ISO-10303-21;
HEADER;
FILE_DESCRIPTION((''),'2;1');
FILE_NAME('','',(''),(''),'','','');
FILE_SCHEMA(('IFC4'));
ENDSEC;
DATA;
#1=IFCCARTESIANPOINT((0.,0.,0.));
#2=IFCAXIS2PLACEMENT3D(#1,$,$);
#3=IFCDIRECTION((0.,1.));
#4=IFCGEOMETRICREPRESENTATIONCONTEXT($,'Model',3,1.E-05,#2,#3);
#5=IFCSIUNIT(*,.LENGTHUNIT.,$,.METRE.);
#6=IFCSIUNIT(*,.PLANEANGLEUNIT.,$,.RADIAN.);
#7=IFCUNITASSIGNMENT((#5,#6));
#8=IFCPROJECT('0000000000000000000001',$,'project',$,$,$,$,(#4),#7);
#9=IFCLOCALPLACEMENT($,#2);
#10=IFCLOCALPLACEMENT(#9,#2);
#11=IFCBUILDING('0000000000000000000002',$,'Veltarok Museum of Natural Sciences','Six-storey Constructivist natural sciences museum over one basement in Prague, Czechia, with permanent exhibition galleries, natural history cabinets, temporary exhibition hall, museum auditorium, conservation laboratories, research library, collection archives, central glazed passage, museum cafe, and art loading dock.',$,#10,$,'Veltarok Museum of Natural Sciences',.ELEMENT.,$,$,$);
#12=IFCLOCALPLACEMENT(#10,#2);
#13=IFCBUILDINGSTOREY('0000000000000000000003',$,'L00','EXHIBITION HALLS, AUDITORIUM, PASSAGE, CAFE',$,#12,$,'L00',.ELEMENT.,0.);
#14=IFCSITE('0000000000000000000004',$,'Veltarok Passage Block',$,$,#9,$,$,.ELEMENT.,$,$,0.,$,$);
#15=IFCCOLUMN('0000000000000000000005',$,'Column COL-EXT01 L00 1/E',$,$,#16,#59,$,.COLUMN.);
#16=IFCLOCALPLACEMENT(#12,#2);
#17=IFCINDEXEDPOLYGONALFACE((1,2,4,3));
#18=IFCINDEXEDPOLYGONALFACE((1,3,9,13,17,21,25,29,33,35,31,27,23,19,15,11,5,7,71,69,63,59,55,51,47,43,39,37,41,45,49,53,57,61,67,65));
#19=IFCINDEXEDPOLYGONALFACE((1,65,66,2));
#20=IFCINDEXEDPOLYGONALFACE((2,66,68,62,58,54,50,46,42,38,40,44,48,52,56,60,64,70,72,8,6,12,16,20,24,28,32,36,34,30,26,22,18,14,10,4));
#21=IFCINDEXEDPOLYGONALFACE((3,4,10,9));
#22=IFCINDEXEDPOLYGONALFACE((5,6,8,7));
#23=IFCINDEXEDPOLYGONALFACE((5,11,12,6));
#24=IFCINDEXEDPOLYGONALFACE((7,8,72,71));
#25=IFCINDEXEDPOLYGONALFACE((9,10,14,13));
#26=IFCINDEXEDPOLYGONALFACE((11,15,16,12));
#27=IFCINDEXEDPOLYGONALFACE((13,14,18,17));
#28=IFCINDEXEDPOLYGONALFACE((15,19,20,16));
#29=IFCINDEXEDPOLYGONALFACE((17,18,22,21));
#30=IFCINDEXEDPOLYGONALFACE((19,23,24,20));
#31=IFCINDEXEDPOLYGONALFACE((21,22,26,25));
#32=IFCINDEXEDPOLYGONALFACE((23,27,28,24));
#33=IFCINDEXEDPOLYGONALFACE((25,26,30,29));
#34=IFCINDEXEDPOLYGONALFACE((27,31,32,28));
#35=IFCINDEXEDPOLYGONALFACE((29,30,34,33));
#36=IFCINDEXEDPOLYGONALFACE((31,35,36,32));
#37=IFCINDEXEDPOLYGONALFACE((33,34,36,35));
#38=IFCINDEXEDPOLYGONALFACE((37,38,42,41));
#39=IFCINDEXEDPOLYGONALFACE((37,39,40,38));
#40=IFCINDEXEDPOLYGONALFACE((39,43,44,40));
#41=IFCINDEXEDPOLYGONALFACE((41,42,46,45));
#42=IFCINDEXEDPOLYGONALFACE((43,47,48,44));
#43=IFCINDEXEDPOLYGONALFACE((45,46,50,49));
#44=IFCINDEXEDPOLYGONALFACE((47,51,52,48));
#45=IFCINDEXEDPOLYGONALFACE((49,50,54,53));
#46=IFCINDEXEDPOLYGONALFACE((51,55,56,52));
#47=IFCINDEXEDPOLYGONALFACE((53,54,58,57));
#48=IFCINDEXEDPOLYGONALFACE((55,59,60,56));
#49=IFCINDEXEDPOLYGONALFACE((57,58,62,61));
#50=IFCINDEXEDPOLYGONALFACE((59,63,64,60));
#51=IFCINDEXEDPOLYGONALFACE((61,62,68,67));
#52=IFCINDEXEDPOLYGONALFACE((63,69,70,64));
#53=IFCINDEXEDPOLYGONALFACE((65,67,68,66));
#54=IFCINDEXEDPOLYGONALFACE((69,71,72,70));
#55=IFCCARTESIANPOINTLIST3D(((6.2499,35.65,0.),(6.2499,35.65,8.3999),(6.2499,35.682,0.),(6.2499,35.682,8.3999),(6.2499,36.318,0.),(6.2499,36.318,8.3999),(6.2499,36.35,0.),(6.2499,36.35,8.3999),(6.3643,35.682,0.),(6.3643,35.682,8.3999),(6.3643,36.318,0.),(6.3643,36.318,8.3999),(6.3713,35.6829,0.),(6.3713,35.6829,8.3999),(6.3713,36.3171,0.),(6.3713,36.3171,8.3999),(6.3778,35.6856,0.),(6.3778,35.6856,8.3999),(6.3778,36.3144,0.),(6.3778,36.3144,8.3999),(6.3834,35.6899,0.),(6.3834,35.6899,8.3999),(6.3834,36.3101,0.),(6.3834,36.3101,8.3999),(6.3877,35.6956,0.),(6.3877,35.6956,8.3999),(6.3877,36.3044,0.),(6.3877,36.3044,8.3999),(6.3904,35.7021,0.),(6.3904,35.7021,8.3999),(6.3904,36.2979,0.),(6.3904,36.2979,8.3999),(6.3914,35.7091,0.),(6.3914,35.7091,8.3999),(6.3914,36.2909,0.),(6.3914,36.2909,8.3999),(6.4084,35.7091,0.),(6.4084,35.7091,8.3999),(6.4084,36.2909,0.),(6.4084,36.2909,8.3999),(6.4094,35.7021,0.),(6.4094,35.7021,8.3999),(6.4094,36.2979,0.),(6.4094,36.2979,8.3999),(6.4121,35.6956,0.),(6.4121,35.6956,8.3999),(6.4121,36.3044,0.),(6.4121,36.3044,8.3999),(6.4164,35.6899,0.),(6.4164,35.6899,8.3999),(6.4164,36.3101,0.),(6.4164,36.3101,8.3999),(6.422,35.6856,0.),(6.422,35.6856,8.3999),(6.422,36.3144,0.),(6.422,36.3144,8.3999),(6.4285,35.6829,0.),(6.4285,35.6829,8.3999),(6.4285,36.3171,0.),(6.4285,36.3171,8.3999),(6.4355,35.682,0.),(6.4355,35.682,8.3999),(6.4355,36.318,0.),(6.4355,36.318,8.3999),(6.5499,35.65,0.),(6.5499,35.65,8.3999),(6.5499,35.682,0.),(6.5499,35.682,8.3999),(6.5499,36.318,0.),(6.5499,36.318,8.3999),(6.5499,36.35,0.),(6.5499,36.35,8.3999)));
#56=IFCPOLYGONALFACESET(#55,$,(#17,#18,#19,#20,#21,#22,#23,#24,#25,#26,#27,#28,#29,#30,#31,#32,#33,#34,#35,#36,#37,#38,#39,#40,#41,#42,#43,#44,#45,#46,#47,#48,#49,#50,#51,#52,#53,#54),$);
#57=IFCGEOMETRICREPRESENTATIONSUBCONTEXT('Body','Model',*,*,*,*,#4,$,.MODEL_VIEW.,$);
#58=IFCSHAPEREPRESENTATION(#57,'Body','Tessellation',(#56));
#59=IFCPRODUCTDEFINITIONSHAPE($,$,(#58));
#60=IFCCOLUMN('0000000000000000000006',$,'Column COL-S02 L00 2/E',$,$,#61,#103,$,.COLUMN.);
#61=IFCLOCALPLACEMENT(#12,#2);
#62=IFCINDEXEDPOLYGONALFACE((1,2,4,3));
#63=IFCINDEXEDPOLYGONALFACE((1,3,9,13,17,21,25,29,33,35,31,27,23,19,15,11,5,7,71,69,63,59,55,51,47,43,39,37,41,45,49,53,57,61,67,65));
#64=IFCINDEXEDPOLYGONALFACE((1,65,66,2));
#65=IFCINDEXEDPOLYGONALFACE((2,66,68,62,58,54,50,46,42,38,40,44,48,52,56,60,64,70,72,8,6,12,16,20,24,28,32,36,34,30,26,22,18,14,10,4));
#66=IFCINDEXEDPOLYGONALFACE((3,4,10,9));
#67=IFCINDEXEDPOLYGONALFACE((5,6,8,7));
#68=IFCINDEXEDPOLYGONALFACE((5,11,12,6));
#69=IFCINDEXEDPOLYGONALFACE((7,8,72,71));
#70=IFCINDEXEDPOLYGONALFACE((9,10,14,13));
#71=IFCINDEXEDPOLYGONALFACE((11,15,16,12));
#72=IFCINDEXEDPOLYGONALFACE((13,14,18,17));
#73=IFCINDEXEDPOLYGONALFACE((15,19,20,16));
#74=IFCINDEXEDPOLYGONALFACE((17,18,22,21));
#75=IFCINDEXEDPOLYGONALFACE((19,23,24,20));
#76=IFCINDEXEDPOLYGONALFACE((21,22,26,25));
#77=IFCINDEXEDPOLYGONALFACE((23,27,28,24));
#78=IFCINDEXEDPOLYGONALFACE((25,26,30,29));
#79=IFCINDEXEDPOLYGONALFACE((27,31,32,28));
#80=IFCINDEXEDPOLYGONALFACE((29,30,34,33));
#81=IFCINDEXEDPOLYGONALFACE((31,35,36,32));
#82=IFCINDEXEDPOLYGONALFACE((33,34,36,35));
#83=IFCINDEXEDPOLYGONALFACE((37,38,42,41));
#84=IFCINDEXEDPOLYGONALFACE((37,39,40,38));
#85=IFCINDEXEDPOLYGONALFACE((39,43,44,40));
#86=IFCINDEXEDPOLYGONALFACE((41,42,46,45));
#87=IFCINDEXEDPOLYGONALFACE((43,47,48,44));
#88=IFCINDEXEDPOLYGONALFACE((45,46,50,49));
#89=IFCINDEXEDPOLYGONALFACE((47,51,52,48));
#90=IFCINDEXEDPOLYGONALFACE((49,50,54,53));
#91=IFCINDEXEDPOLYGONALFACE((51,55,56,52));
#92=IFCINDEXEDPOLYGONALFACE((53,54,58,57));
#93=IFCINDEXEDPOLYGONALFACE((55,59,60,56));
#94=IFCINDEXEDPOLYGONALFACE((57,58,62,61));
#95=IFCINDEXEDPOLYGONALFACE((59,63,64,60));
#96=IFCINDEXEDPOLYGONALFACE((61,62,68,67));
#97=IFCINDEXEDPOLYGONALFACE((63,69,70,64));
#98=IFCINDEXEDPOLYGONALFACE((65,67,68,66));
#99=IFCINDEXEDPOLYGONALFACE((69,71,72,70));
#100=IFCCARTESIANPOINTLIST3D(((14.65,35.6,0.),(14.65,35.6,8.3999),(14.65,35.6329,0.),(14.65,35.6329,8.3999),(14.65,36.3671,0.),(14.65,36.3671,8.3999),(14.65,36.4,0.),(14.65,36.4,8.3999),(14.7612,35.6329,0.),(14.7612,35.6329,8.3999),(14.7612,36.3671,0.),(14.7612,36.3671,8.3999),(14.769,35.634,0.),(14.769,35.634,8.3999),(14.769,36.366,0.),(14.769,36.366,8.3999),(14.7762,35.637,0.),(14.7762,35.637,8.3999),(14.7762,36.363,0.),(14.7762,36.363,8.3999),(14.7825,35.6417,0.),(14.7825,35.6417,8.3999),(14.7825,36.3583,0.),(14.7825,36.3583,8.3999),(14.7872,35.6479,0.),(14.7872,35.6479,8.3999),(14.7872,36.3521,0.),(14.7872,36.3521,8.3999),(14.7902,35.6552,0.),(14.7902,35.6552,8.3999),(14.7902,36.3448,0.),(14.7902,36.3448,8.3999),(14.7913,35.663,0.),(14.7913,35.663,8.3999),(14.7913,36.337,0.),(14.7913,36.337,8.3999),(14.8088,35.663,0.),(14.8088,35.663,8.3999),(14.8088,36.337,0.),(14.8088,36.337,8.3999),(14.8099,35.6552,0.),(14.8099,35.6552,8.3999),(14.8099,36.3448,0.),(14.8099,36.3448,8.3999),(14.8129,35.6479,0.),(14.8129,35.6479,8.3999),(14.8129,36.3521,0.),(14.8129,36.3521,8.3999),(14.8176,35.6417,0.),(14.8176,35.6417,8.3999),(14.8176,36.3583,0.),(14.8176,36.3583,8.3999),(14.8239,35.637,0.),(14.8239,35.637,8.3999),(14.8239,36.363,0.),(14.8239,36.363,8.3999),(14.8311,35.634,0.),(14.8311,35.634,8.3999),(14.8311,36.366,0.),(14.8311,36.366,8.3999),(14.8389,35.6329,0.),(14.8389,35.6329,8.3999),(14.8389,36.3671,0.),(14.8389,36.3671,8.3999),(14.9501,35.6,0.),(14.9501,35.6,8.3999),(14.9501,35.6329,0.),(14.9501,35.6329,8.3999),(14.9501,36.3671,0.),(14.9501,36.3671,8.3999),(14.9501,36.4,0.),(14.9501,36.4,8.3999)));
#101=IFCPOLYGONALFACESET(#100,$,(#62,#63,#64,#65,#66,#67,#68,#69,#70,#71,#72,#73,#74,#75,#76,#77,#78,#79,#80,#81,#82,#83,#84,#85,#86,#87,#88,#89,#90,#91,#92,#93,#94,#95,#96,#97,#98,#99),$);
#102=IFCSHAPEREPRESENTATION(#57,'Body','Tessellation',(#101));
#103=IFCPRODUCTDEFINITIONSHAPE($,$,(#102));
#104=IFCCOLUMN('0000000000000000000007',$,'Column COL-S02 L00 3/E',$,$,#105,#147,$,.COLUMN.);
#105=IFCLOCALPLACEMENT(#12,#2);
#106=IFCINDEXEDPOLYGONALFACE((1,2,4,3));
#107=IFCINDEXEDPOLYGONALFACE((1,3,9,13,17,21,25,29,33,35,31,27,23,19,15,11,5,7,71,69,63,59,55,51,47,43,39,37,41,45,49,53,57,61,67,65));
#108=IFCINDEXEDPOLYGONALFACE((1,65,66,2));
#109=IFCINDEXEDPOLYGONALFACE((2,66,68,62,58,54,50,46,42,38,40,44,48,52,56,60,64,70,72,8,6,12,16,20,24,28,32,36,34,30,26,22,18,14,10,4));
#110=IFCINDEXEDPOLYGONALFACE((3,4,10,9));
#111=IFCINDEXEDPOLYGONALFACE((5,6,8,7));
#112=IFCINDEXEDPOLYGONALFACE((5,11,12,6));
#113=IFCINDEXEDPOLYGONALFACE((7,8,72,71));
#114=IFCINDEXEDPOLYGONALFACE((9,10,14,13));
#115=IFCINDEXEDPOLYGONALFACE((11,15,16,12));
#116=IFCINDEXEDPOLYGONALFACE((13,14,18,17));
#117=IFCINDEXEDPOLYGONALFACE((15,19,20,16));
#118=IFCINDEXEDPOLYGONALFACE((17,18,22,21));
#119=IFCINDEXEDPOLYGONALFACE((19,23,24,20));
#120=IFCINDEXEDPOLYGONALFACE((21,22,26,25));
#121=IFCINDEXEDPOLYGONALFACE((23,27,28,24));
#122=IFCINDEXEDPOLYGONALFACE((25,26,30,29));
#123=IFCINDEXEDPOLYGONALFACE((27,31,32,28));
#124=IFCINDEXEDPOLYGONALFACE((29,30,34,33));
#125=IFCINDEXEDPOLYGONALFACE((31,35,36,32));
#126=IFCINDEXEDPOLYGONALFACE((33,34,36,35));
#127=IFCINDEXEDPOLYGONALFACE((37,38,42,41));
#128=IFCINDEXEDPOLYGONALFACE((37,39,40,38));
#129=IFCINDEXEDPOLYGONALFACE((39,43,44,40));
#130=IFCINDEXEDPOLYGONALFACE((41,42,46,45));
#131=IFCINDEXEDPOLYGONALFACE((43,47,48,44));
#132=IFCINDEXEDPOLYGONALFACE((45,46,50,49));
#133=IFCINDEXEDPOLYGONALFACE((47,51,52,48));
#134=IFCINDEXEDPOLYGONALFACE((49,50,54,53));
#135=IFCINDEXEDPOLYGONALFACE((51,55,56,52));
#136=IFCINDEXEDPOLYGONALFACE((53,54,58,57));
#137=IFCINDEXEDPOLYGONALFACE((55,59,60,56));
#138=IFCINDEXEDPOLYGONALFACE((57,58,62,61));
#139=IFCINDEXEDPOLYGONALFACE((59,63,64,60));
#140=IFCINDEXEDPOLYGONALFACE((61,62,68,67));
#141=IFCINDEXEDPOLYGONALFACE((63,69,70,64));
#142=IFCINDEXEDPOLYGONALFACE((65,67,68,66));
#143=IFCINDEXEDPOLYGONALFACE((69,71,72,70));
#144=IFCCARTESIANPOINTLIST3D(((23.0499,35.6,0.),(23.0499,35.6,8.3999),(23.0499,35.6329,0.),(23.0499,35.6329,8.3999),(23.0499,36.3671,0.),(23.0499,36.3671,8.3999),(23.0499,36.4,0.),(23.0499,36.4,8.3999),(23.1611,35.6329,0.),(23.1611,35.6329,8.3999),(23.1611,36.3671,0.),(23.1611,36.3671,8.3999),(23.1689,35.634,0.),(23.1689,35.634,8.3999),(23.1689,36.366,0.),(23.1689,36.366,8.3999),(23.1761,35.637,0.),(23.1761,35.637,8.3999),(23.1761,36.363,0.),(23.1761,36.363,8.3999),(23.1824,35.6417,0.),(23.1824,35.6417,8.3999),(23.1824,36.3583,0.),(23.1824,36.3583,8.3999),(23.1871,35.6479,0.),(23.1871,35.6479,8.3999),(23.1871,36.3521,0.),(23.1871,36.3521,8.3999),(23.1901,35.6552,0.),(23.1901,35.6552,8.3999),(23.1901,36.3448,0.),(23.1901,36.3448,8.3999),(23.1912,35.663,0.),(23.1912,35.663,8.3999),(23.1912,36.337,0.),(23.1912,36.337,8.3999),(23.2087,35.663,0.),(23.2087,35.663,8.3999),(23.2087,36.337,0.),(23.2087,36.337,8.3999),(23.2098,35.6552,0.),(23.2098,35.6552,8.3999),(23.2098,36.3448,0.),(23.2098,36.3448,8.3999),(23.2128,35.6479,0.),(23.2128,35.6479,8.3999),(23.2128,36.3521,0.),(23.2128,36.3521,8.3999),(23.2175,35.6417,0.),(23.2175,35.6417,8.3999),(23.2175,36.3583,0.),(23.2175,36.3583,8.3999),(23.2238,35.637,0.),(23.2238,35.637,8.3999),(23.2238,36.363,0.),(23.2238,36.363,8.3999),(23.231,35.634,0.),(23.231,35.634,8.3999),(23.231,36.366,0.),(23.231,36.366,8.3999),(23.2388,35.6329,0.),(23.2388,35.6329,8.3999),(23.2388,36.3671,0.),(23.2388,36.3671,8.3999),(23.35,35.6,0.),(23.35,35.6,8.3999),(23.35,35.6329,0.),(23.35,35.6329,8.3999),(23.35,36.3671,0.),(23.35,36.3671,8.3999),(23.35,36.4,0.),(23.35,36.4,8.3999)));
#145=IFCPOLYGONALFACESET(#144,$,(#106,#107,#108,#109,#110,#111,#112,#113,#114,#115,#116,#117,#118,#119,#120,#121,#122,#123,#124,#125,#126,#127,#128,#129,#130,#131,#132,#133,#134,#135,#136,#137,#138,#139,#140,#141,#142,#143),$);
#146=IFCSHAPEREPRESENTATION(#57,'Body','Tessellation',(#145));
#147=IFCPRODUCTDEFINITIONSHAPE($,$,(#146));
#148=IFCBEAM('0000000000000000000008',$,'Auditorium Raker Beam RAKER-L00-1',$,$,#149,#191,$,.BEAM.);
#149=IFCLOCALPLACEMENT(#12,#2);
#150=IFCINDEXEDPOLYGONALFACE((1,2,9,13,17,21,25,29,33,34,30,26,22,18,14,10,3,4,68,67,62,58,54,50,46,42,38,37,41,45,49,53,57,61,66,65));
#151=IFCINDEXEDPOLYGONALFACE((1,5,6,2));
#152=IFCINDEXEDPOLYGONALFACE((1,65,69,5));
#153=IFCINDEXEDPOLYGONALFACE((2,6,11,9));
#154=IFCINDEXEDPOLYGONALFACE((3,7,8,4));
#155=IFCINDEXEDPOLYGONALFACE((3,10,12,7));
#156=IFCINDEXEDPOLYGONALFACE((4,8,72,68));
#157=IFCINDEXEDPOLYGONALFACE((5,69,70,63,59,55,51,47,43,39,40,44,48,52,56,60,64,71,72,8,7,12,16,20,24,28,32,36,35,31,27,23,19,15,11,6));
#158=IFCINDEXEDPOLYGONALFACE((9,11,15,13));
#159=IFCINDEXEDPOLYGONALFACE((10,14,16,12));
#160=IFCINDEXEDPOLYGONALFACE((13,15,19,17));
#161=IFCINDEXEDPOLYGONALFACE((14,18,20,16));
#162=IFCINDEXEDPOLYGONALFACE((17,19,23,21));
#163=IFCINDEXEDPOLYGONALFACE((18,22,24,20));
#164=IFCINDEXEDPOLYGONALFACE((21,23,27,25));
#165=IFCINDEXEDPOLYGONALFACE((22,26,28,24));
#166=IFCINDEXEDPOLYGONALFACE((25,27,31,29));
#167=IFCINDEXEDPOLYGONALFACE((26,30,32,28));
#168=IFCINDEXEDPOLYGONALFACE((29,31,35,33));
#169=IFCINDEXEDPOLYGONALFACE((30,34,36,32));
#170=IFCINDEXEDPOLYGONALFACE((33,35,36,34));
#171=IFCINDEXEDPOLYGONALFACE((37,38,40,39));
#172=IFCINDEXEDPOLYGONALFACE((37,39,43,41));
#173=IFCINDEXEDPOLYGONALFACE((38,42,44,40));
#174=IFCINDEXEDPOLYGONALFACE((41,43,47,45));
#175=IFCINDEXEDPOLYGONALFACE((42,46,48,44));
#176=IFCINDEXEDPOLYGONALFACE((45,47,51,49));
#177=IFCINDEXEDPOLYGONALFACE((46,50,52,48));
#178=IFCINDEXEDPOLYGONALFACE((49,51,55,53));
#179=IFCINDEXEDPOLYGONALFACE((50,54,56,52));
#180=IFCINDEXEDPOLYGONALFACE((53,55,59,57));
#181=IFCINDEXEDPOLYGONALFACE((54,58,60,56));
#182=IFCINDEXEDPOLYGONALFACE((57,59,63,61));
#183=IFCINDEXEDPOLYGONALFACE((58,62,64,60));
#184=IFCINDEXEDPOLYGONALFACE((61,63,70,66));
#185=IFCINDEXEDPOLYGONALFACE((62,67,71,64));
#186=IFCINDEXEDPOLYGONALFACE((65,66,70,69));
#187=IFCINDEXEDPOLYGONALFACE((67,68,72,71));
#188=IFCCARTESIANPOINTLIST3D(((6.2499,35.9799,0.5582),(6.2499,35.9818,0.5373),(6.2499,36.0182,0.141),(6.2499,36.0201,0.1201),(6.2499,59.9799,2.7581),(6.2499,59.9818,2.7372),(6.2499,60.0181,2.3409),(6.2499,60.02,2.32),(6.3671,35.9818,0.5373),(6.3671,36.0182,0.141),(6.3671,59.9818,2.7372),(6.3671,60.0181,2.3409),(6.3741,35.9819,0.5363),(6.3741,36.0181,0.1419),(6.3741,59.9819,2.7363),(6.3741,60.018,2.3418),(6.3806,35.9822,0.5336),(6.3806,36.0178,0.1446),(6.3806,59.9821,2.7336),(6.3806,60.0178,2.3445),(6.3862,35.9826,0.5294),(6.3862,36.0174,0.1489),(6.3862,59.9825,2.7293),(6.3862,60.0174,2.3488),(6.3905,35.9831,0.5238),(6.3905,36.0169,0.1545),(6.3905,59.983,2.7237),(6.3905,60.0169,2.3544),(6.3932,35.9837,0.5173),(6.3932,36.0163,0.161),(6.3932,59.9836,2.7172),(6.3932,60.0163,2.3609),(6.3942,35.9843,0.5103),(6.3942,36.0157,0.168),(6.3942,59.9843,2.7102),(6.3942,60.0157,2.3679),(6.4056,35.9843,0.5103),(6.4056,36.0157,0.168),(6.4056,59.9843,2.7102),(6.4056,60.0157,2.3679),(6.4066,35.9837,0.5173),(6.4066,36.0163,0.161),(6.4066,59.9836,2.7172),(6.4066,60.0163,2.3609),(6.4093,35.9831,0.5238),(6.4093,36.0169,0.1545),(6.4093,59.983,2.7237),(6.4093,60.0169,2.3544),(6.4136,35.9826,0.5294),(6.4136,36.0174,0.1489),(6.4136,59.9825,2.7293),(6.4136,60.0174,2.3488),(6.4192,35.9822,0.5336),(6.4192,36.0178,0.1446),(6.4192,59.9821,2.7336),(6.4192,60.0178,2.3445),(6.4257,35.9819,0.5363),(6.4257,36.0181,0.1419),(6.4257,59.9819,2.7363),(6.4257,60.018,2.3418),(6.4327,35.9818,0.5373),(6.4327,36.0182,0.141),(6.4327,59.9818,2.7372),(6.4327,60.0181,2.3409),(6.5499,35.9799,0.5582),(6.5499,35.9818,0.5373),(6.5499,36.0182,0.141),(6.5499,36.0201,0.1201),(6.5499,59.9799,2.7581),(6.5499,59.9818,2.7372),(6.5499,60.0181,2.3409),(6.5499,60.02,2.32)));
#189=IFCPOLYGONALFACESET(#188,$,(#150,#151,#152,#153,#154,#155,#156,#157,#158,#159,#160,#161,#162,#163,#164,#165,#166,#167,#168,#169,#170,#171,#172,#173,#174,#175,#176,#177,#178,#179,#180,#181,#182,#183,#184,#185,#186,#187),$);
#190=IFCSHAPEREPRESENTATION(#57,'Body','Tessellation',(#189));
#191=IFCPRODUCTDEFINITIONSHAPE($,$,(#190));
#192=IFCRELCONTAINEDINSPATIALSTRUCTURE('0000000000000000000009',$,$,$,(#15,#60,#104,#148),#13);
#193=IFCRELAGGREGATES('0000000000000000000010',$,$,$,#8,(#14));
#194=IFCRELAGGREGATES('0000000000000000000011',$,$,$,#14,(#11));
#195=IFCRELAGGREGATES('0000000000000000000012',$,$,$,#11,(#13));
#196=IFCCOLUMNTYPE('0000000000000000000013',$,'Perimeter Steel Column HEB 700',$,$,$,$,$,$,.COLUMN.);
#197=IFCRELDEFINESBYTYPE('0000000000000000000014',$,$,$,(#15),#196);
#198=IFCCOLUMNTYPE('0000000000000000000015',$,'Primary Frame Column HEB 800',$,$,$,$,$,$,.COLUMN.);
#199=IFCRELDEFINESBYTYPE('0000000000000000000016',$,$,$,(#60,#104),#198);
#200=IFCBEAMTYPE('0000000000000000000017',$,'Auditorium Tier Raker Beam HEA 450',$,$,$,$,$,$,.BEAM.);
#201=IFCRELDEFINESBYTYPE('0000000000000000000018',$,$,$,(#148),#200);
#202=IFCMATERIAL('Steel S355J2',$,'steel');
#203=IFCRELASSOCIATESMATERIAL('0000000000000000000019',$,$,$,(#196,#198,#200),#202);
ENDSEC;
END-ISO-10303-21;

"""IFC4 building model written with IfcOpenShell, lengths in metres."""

from ifc_helpers import new_model, si_unit, direction, frame, origin, origin_2d, place, context, subcontext, project, spatial, i_section, extrude, material, material_profile, profile_set, type_object, element, save


model = new_model("IFC4")

# Units and contexts
model_context = context("Model", 3, precision=1e-05, world=origin(), true_north=direction((0.0, 1.0)))
body_context = subcontext(model_context, "Body", "Model", "MODEL_VIEW")
ifc_project = project(units=[si_unit("LENGTHUNIT", "METRE"), si_unit("PLANEANGLEUNIT", "RADIAN")], contexts=[model_context])

# Site, building, storey
site_placement = place(None, origin())
site = spatial("IfcSite", under=ifc_project, at=site_placement, Name="Veltarok Passage Block", CompositionType="ELEMENT", RefElevation=0.0)
building_placement = place(site_placement, origin())
building = spatial("IfcBuilding", under=site, at=building_placement, Name="Veltarok Museum of Natural Sciences", Description="Six-storey Constructivist natural sciences museum over one basement in Prague, Czechia, with permanent exhibition galleries, natural history cabinets, temporary exhibition hall, museum auditorium, conservation laboratories, research library, collection archives, central glazed passage, museum cafe, and art loading dock.", LongName="Veltarok Museum of Natural Sciences", CompositionType="ELEMENT")
storey_placement = place(building_placement, origin())
storey = spatial("IfcBuildingStorey", under=building, at=storey_placement, Name="L00", Description="EXHIBITION HALLS, AUDITORIUM, PASSAGE, CAFE", LongName="L00", CompositionType="ELEMENT", Elevation=0.0)

# Columns
ifc_material_1 = material(Name="Steel S355J2", Category="steel")
ifc_material_profile_1 = material_profile(ifc_material_1, i_section(OverallWidth=0.3, OverallDepth=0.7, WebThickness=0.0171, FlangeThickness=0.032, FilletRadius=0.0271, at=origin_2d()), Name="HEB 700")
ifc_profile_set_1 = profile_set([ifc_material_profile_1], Name="Steel S355J2")
column_type_1 = type_object("IfcColumnType", Name="Perimeter Steel Column HEB 700", PredefinedType="COLUMN", material=ifc_profile_set_1)
column_placement = place(storey_placement, frame((6.3999, 36.0, 0.0), z_axis=(0.0, 0.0, 1.0), x_axis=(1.0, 0.0, 0.0)))
element("IfcColumn", 1, at=column_placement, inside=storey, type_object=column_type_1, Name="Column COL-EXT01 L00 1/E", PredefinedType="COLUMN", context=body_context, shape_type="SweptSolid", body=[
    extrude(i_section(OverallWidth=0.3, OverallDepth=0.7, WebThickness=0.0171, FlangeThickness=0.032, FilletRadius=0.0271, at=origin_2d()), origin(), (0.0, 0.0, 1.0), 8.3999),
])
ifc_material_profile_2 = material_profile(ifc_material_1, i_section(OverallWidth=0.3, OverallDepth=0.8, WebThickness=0.0176, FlangeThickness=0.033, FilletRadius=0.03, at=origin_2d()), Name="HEB 800")
ifc_profile_set_2 = profile_set([ifc_material_profile_2], Name="Steel S355J2")
column_type_2 = type_object("IfcColumnType", Name="Primary Frame Column HEB 800", PredefinedType="COLUMN", material=ifc_profile_set_2)
for number, where, z_axis, x_axis, name in (
    (2, (14.8, 36.0, 0.0), (0.0, 0.0, 1.0), (1.0, 0.0, 0.0), "Column COL-S02 L00 2/E"),
    (3, (23.2, 36.0, 0.0), (0.0, 0.0, 1.0), (1.0, 0.0, 0.0), "Column COL-S02 L00 3/E"),
):
    element("IfcColumn", number, at=place(storey_placement, frame(where, z_axis=z_axis, x_axis=x_axis)), inside=storey, type_object=column_type_2, Name=name, PredefinedType="COLUMN", context=body_context, shape_type="SweptSolid", body=[
        extrude(i_section(OverallWidth=0.3, OverallDepth=0.8, WebThickness=0.0176, FlangeThickness=0.033, FilletRadius=0.03, at=origin_2d()), origin(), (0.0, 0.0, 1.0), 8.3999),
    ])

# Beam
ifc_material_profile_3 = material_profile(ifc_material_1, i_section(OverallWidth=0.3, OverallDepth=0.4399, WebThickness=0.0115, FlangeThickness=0.021, FilletRadius=0.0271, at=origin_2d()), Name="HEA 450")
ifc_profile_set_3 = profile_set([ifc_material_profile_3], Name="Steel S355J2")
beam_type_1 = type_object("IfcBeamType", Name="Auditorium Tier Raker Beam HEA 450", PredefinedType="BEAM", material=ifc_profile_set_3)
for number, where, z_axis, x_axis, name in (
    (4, (6.3999, 36.0, 0.3391), (0.0, 0.995825, 0.091282), (-1.0, 0.0, 0.0), "Auditorium Raker Beam RAKER-L00-1"),
):
    element("IfcBeam", number, at=place(storey_placement, frame(where, z_axis=z_axis, x_axis=x_axis)), inside=storey, type_object=beam_type_1, Name=name, PredefinedType="BEAM", context=body_context, shape_type="SweptSolid", body=[
        extrude(i_section(OverallWidth=0.3, OverallDepth=0.4399, WebThickness=0.0115, FlangeThickness=0.021, FilletRadius=0.0271, at=origin_2d()), origin(), (0.0, 0.0, 1.0), 24.1006),
    ])

save(model, "model.ifc")
